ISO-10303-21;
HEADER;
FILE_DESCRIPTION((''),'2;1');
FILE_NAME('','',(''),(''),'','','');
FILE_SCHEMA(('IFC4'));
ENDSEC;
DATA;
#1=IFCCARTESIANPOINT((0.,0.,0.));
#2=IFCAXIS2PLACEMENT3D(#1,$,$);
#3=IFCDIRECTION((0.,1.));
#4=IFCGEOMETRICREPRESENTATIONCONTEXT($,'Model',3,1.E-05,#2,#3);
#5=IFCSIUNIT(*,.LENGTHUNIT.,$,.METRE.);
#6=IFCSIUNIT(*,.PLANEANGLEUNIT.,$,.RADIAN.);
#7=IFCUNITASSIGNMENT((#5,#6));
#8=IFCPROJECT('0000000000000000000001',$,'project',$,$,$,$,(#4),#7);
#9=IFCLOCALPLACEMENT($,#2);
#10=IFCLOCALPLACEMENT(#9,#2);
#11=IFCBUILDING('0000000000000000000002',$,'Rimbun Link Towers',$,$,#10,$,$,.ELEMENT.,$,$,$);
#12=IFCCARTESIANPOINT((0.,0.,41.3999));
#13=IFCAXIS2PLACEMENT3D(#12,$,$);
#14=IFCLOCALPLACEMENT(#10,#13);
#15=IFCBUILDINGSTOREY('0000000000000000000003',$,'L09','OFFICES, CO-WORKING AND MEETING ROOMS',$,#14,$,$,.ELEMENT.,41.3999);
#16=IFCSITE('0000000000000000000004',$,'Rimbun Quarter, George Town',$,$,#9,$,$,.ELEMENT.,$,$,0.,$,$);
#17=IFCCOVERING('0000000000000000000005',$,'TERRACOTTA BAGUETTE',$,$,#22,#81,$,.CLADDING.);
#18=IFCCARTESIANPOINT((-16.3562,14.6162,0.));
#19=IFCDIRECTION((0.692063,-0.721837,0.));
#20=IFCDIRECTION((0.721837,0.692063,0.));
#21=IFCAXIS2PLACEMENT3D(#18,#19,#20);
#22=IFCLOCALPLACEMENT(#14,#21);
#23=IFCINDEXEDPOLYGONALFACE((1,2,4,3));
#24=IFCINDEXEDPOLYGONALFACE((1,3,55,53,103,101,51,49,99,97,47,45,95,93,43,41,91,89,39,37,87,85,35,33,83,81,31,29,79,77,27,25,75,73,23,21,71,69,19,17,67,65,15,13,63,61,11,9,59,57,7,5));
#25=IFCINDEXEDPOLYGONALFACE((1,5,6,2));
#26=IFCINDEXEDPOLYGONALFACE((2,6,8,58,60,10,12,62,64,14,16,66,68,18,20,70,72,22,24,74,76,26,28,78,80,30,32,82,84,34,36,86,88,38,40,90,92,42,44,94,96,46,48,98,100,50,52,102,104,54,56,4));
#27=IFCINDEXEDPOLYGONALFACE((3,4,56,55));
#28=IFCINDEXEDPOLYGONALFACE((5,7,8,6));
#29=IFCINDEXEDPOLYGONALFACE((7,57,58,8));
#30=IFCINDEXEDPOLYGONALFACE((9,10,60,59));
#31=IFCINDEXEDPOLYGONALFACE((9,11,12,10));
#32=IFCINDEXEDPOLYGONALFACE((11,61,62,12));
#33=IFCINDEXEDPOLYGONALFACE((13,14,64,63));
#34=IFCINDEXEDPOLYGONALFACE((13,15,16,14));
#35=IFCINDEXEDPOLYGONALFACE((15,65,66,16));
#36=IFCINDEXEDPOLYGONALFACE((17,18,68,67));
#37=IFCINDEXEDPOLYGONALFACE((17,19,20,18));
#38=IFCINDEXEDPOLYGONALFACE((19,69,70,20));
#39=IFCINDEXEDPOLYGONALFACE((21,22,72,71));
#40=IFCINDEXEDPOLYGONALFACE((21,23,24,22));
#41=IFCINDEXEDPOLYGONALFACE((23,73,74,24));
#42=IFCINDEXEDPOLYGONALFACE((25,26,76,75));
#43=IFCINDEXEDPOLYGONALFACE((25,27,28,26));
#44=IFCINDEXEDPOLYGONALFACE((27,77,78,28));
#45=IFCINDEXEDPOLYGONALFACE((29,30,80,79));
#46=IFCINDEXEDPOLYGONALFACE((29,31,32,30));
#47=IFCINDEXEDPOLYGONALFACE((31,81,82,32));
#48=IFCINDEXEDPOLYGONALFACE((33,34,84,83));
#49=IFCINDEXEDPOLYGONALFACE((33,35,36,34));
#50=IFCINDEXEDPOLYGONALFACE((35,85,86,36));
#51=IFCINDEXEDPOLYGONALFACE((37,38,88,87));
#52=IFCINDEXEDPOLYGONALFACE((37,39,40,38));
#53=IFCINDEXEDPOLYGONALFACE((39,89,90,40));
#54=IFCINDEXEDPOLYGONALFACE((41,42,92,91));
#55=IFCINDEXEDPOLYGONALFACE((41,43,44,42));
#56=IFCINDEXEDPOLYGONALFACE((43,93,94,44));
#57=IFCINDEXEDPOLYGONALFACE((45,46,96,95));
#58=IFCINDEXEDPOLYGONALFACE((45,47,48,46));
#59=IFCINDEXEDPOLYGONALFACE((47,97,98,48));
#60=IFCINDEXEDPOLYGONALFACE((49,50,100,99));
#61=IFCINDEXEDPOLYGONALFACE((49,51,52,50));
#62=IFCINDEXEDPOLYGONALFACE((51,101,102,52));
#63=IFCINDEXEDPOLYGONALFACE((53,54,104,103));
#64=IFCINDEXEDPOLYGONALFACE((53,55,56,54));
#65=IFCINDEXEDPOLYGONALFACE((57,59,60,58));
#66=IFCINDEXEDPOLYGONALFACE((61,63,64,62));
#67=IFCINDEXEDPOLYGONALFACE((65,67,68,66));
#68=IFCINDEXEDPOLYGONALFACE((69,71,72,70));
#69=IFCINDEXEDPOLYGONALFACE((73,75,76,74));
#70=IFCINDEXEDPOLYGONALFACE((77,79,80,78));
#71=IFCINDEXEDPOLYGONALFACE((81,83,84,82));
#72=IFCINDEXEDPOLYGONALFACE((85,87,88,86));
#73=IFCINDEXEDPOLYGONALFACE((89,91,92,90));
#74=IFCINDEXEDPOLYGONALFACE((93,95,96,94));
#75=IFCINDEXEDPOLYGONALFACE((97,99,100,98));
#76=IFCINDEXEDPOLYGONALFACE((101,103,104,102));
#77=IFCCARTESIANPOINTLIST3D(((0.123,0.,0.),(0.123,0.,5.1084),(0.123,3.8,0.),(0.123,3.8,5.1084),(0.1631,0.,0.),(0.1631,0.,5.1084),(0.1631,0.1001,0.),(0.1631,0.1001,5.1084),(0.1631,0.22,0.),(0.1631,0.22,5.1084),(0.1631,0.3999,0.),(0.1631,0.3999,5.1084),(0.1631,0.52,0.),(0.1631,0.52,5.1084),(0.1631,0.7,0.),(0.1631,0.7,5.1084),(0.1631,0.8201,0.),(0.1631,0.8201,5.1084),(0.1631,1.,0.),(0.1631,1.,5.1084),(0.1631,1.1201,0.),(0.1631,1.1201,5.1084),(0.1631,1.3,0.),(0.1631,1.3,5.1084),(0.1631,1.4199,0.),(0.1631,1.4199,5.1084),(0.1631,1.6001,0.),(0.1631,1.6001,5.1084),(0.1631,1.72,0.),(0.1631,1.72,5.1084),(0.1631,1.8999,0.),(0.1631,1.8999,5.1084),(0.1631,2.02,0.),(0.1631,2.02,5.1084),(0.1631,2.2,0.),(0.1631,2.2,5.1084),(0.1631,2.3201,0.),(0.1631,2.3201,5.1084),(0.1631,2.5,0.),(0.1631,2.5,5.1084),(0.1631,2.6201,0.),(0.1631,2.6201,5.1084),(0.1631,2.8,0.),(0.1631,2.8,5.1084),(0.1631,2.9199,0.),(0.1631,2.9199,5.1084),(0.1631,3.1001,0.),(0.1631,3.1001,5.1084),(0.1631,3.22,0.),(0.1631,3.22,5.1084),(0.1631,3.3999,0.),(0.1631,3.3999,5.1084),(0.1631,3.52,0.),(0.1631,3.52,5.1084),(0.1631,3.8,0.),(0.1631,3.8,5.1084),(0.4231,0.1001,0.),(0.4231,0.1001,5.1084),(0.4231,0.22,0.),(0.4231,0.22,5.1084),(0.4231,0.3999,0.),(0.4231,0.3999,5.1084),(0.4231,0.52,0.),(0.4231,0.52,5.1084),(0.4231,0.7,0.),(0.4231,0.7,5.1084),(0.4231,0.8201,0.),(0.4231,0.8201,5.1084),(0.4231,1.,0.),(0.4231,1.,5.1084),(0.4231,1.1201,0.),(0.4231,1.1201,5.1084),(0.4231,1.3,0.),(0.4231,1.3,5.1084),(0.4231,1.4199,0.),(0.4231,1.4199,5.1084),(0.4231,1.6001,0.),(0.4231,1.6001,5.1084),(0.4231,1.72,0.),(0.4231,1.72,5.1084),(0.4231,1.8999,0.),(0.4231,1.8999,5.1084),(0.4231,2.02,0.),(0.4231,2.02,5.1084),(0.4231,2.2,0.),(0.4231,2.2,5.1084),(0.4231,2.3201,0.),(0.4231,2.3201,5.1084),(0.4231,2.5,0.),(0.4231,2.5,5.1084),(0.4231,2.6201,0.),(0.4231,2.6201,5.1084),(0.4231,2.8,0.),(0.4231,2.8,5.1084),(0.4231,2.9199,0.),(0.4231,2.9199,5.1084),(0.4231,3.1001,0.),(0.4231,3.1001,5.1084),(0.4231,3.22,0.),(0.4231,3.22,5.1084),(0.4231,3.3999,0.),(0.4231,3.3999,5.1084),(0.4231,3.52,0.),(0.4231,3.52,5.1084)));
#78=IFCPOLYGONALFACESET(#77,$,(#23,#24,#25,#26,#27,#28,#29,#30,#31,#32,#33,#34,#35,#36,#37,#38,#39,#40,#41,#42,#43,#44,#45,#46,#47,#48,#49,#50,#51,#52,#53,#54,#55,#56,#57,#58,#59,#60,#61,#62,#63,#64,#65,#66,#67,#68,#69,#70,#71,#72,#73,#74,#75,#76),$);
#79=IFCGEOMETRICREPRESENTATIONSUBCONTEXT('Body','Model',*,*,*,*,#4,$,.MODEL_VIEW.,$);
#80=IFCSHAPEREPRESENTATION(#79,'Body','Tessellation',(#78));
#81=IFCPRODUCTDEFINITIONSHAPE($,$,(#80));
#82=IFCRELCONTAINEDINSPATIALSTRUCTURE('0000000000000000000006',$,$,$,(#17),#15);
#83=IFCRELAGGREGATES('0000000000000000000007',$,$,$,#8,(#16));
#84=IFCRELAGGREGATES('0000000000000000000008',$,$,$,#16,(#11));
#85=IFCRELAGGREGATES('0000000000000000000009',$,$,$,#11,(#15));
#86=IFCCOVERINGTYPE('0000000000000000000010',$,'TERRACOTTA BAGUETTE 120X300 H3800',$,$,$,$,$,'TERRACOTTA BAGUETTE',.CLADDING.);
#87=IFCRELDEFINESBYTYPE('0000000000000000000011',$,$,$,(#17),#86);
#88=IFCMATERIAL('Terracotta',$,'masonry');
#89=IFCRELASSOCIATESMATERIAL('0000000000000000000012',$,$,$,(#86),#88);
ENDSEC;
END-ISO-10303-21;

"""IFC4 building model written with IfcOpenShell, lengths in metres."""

from ifc_helpers import new_model, si_unit, direction, frame, origin, place, context, subcontext, project, spatial, polyline, outline, extrude, material, material_profile, profile_set, type_object, element, save


model = new_model("IFC4")

# Units and contexts
model_context = context("Model", 3, precision=1e-05, world=origin(), true_north=direction((0.0, 1.0)))
body_context = subcontext(model_context, "Body", "Model", "MODEL_VIEW")
ifc_project = project(units=[si_unit("LENGTHUNIT", "METRE"), si_unit("PLANEANGLEUNIT", "RADIAN")], contexts=[model_context])

# Site, building, storey
site_placement = place(None, origin())
site = spatial("IfcSite", under=ifc_project, at=site_placement, Name="Rimbun Quarter, George Town", CompositionType="ELEMENT", RefElevation=0.0)
building_placement = place(site_placement, origin())
building = spatial("IfcBuilding", under=site, at=building_placement, Name="Rimbun Link Towers", CompositionType="ELEMENT")
storey_placement = place(building_placement, frame((0.0, 0.0, 41.3999)))
storey = spatial("IfcBuildingStorey", under=building, at=storey_placement, Name="L09", Description="OFFICES, CO-WORKING AND MEETING ROOMS", CompositionType="ELEMENT", Elevation=41.3999)

# Covering
ifc_material_1 = material(Name="Terracotta", Category="masonry")
ifc_material_profile_1 = material_profile(ifc_material_1, outline(polyline([(0.123, 0.0), (0.1631, 0.0), (0.1631, 0.1001), (0.4231, 0.1001), (0.4231, 0.22), (0.1631, 0.22), (0.1631, 0.3999), (0.4231, 0.3999), (0.4231, 0.52), (0.1631, 0.52), (0.1631, 0.7), (0.4231, 0.7), (0.4231, 0.8201), (0.1631, 0.8201), (0.1631, 1.0), (0.4231, 1.0), (0.4231, 1.1201), (0.1631, 1.1201), (0.1631, 1.3), (0.4231, 1.3), (0.4231, 1.4199), (0.1631, 1.4199), (0.1631, 1.6001), (0.4231, 1.6001), (0.4231, 1.72), (0.1631, 1.72), (0.1631, 1.8999), (0.4231, 1.8999), (0.4231, 2.02), (0.1631, 2.02), (0.1631, 2.2), (0.4231, 2.2), (0.4231, 2.3201), (0.1631, 2.3201), (0.1631, 2.5), (0.4231, 2.5), (0.4231, 2.6201), (0.1631, 2.6201), (0.1631, 2.8), (0.4231, 2.8), (0.4231, 2.9199), (0.1631, 2.9199), (0.1631, 3.1001), (0.4231, 3.1001), (0.4231, 3.22), (0.1631, 3.22), (0.1631, 3.3999), (0.4231, 3.3999), (0.4231, 3.52), (0.1631, 3.52), (0.1631, 3.8), (0.123, 3.8), (0.123, 0.0)])), Name="BAGUETTE 120X300")
ifc_profile_set_1 = profile_set([ifc_material_profile_1], Name="Terracotta")
covering_type = type_object("IfcCoveringType", Name="TERRACOTTA BAGUETTE 120X300 H3800", ElementType="TERRACOTTA BAGUETTE", PredefinedType="CLADDING", material=ifc_profile_set_1)
covering_placement = place(storey_placement, frame((-16.3562, 14.6162, 0.0), z_axis=(0.692063, -0.721837, 0.0), x_axis=(0.721837, 0.692063, 0.0)))
element("IfcCovering", 1, at=covering_placement, inside=storey, type_object=covering_type, Name="TERRACOTTA BAGUETTE", PredefinedType="CLADDING", context=body_context, shape_type="SweptSolid", body=[
    extrude(outline(polyline([(0.123, 0.0), (0.1631, 0.0), (0.1631, 0.1001), (0.4231, 0.1001), (0.4231, 0.22), (0.1631, 0.22), (0.1631, 0.3999), (0.4231, 0.3999), (0.4231, 0.52), (0.1631, 0.52), (0.1631, 0.7), (0.4231, 0.7), (0.4231, 0.8201), (0.1631, 0.8201), (0.1631, 1.0), (0.4231, 1.0), (0.4231, 1.1201), (0.1631, 1.1201), (0.1631, 1.3), (0.4231, 1.3), (0.4231, 1.4199), (0.1631, 1.4199), (0.1631, 1.6001), (0.4231, 1.6001), (0.4231, 1.72), (0.1631, 1.72), (0.1631, 1.8999), (0.4231, 1.8999), (0.4231, 2.02), (0.1631, 2.02), (0.1631, 2.2), (0.4231, 2.2), (0.4231, 2.3201), (0.1631, 2.3201), (0.1631, 2.5), (0.4231, 2.5), (0.4231, 2.6201), (0.1631, 2.6201), (0.1631, 2.8), (0.4231, 2.8), (0.4231, 2.9199), (0.1631, 2.9199), (0.1631, 3.1001), (0.4231, 3.1001), (0.4231, 3.22), (0.1631, 3.22), (0.1631, 3.3999), (0.4231, 3.3999), (0.4231, 3.52), (0.1631, 3.52), (0.1631, 3.8), (0.123, 3.8), (0.123, 0.0)])), origin(), (0.0, 0.0, 1.0), 5.1084),
])

save(model, "model.ifc")
